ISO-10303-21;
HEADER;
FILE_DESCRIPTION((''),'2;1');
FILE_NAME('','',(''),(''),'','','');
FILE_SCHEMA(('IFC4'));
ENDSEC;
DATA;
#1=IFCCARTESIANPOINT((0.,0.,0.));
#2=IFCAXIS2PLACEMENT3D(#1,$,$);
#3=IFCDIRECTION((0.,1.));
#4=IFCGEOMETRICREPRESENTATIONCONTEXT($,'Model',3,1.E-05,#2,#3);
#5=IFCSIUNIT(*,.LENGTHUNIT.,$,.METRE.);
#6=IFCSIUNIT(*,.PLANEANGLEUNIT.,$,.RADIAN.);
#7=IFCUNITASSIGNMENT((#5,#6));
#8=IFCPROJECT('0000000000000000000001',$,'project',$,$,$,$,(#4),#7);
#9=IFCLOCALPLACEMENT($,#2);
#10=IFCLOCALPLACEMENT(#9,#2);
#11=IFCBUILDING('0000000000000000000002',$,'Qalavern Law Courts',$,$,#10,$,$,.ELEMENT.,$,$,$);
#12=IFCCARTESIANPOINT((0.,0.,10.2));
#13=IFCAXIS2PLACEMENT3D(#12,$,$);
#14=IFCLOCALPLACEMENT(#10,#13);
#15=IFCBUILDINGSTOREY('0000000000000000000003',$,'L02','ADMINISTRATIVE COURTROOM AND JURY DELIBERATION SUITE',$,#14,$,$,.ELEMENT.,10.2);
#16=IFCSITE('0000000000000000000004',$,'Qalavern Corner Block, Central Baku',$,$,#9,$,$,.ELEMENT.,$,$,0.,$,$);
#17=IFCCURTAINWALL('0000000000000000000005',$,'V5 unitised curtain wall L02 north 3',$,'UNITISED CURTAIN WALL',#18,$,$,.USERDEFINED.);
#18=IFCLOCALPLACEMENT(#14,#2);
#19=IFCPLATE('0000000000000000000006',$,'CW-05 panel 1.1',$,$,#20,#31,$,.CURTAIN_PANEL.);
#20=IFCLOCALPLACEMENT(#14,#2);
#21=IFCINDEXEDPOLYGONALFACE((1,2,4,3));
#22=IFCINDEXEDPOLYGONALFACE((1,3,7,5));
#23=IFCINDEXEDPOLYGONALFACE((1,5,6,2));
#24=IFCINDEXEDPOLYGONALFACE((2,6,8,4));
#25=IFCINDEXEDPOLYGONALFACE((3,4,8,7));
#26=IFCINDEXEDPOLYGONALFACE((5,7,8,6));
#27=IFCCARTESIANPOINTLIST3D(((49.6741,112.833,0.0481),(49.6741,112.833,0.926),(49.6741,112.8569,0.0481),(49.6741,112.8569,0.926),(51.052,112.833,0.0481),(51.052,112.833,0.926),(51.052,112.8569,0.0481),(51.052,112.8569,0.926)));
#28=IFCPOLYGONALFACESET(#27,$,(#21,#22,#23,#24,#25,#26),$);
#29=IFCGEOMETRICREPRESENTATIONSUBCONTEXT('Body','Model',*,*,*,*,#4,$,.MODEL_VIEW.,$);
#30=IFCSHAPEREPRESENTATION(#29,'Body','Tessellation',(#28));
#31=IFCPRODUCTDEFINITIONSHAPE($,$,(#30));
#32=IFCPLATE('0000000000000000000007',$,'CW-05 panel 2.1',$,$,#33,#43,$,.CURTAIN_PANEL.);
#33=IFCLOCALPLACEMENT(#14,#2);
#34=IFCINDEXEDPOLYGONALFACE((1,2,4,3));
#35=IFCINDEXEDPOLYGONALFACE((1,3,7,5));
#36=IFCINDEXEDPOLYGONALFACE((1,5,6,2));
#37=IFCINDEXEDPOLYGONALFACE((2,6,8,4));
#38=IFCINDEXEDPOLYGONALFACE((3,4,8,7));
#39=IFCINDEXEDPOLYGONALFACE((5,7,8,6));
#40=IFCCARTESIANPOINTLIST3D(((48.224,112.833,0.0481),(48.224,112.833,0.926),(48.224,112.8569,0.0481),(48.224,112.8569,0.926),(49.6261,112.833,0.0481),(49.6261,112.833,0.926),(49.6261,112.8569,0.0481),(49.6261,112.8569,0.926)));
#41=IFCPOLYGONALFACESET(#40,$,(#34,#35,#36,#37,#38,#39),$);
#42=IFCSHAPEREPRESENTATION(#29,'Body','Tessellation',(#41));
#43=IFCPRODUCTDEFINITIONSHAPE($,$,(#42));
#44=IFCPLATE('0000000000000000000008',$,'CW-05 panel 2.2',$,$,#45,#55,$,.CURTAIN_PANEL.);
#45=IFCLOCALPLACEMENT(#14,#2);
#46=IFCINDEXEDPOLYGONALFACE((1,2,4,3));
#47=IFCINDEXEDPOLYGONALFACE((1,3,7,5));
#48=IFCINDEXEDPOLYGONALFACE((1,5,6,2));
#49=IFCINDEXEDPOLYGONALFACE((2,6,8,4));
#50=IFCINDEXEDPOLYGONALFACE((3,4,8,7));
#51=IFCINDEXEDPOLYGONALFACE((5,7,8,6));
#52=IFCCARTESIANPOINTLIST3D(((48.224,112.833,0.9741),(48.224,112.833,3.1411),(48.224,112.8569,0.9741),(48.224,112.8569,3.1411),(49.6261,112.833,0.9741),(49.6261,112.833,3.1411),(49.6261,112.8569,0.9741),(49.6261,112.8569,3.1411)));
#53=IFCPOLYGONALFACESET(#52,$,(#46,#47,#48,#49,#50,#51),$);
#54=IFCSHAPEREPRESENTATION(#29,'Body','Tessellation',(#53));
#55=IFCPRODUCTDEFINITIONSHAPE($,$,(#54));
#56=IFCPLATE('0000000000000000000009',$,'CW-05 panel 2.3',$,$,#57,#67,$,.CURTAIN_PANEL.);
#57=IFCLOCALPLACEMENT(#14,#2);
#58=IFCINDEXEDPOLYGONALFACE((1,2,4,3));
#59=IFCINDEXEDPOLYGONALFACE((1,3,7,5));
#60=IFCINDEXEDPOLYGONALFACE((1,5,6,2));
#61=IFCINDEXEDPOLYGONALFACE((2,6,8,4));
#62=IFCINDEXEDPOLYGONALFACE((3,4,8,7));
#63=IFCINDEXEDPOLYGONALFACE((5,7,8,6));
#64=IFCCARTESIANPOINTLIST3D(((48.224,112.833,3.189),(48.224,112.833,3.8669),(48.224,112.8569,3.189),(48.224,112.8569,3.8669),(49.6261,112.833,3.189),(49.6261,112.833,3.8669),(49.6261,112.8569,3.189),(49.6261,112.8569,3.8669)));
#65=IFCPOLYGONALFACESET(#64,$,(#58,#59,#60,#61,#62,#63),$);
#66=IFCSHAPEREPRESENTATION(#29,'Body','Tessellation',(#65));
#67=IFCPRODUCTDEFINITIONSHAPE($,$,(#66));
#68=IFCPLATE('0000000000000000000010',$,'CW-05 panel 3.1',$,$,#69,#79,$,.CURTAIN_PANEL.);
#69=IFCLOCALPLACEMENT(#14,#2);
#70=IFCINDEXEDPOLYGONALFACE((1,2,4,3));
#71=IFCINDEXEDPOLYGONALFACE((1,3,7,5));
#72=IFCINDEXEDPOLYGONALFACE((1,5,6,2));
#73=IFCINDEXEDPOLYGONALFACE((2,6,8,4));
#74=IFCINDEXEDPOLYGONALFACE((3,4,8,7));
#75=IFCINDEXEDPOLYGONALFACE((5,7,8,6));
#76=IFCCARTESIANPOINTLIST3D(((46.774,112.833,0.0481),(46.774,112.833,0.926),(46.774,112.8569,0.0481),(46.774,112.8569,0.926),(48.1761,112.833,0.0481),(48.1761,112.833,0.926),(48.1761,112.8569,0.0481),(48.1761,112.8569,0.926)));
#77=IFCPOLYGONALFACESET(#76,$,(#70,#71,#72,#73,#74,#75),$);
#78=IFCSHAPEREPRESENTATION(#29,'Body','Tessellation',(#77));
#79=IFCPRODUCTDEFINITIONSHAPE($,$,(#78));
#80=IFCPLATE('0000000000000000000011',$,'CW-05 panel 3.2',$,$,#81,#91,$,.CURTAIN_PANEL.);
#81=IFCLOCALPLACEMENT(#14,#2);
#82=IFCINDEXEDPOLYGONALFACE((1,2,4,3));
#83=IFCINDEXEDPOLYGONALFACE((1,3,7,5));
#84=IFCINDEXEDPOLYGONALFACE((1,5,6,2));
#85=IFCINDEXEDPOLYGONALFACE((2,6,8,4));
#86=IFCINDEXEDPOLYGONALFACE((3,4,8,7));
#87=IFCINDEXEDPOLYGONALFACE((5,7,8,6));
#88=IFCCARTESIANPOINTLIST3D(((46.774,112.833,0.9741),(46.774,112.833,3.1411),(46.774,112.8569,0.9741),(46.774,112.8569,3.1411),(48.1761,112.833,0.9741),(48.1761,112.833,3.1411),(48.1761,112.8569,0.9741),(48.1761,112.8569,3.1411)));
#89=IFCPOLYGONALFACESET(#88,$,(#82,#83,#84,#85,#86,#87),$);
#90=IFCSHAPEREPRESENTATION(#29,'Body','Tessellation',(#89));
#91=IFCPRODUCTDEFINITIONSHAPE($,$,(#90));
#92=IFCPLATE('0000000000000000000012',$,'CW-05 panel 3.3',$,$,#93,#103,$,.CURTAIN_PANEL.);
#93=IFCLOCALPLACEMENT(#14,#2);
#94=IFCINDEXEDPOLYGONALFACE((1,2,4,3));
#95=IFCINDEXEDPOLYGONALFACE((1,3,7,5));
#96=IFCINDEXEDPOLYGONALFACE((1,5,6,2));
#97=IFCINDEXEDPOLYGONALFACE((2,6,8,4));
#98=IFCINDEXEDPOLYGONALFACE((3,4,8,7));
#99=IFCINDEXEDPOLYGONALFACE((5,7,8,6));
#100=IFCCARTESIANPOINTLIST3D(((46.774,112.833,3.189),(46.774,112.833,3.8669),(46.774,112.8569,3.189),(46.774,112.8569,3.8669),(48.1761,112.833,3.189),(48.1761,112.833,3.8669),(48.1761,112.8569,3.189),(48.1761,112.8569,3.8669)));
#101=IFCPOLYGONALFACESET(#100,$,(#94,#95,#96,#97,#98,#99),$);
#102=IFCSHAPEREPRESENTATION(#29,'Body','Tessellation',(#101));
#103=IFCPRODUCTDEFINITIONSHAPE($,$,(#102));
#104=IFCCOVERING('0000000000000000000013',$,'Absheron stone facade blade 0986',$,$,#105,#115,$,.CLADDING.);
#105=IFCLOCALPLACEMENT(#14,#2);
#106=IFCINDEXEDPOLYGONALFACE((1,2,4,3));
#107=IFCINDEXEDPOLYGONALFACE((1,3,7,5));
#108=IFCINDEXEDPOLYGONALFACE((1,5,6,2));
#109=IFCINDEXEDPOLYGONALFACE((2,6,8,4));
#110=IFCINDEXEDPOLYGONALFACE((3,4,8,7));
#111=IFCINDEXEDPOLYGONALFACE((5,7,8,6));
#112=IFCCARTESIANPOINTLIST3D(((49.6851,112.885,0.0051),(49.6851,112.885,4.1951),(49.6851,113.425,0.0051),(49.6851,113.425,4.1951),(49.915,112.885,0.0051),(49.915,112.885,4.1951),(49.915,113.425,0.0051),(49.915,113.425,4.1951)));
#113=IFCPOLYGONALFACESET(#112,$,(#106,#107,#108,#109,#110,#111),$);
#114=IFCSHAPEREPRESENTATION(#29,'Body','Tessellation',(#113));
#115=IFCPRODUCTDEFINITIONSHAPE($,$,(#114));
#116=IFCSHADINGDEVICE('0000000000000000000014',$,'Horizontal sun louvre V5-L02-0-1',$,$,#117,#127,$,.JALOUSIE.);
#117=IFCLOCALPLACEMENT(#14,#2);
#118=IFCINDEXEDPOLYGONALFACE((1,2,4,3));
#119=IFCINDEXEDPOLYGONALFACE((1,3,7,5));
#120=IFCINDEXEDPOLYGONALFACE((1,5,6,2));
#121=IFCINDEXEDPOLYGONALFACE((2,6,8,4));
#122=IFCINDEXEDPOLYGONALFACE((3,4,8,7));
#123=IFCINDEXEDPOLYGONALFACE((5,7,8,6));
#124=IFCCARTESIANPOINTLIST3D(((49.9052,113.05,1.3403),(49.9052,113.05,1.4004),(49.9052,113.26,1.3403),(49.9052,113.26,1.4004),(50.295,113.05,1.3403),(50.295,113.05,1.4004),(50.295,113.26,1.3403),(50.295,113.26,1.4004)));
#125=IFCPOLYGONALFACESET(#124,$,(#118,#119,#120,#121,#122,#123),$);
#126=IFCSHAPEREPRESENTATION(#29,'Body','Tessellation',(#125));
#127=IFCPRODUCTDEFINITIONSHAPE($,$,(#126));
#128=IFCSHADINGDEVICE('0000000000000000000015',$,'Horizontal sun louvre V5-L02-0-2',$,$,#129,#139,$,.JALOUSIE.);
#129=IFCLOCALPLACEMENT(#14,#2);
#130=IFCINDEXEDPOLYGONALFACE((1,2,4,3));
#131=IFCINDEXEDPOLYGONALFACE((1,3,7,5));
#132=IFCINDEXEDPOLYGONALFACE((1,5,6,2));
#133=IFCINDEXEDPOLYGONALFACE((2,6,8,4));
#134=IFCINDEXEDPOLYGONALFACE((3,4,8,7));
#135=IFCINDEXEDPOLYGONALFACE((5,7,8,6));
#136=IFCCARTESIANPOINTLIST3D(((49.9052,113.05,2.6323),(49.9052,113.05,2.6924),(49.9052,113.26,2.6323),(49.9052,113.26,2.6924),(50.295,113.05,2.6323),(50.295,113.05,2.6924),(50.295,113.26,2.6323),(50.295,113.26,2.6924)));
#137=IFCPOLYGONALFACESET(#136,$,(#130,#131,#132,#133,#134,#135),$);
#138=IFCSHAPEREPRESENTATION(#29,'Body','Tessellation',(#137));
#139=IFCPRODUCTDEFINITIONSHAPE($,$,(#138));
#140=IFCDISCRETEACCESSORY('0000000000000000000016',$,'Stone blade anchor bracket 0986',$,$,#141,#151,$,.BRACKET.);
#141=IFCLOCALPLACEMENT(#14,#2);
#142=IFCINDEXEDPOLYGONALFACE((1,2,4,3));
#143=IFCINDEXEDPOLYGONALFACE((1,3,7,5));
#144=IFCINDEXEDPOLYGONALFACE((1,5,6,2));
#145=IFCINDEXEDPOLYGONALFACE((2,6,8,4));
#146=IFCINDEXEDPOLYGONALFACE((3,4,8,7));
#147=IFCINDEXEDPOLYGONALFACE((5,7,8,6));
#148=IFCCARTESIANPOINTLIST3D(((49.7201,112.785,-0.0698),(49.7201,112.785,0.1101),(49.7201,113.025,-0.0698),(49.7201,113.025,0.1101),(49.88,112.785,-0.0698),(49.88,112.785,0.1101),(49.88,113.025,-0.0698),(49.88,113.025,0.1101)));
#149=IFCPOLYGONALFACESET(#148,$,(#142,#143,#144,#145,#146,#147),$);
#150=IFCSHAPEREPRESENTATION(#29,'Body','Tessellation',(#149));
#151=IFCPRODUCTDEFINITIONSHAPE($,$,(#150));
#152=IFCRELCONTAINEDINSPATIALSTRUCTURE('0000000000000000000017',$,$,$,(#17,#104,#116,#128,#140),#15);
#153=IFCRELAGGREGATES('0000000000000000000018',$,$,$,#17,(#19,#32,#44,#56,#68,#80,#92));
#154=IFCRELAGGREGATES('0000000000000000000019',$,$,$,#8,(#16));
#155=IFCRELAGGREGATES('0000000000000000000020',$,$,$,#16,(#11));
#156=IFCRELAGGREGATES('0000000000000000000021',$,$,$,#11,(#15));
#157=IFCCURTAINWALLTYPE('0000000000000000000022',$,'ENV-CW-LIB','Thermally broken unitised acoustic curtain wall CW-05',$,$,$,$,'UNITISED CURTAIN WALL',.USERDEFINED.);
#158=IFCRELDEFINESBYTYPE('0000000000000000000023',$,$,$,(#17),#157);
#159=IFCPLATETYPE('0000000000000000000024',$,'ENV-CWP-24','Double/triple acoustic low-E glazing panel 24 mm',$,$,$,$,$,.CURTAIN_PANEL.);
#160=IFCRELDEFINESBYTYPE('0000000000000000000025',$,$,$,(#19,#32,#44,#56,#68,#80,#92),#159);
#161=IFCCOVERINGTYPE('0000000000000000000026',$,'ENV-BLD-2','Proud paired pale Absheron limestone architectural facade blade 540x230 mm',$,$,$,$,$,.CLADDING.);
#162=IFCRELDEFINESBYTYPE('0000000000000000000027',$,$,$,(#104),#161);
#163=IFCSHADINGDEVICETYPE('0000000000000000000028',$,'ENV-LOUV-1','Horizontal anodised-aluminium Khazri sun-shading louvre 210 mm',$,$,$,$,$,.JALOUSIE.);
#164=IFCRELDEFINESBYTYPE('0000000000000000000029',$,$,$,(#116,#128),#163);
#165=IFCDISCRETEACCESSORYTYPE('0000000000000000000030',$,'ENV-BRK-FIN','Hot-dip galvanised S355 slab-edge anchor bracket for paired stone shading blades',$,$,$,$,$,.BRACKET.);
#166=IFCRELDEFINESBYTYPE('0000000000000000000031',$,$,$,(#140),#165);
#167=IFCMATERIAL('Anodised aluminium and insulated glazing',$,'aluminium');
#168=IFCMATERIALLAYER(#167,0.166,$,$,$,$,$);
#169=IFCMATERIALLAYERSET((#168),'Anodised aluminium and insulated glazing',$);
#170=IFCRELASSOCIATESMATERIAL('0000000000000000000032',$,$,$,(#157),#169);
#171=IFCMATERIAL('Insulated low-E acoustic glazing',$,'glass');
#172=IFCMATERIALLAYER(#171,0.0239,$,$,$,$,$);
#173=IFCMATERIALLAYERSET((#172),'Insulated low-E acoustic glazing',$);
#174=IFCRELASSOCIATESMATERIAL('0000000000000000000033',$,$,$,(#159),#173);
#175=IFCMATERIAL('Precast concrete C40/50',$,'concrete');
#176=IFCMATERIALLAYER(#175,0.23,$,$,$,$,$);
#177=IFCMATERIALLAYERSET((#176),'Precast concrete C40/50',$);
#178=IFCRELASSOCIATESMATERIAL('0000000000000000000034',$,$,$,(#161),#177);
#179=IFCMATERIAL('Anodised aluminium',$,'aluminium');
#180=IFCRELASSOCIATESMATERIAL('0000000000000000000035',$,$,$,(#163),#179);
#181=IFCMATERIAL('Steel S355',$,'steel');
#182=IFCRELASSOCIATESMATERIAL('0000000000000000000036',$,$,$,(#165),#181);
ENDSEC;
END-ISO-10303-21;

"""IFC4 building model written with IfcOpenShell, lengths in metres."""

from ifc_helpers import new_model, si_unit, direction, frame, origin, origin_2d, place, context, subcontext, project, spatial, rectangle, extrude, material, layer, layer_set, type_object, element, aggregate, save


model = new_model("IFC4")

# Units and contexts
model_context = context("Model", 3, precision=1e-05, world=origin(), true_north=direction((0.0, 1.0)))
body_context = subcontext(model_context, "Body", "Model", "MODEL_VIEW")
ifc_project = project(units=[si_unit("LENGTHUNIT", "METRE"), si_unit("PLANEANGLEUNIT", "RADIAN")], contexts=[model_context])

# Site, building, storey
site_placement = place(None, origin())
site = spatial("IfcSite", under=ifc_project, at=site_placement, Name="Qalavern Corner Block, Central Baku", CompositionType="ELEMENT", RefElevation=0.0)
building_placement = place(site_placement, origin())
building = spatial("IfcBuilding", under=site, at=building_placement, Name="Qalavern Law Courts", CompositionType="ELEMENT")
storey_placement = place(building_placement, frame((0.0, 0.0, 10.2)))
storey = spatial("IfcBuildingStorey", under=building, at=storey_placement, Name="L02", Description="ADMINISTRATIVE COURTROOM AND JURY DELIBERATION SUITE", CompositionType="ELEMENT", Elevation=10.2)

# Curtain wall, plates
ifc_material_1 = material(Name="Anodised aluminium and insulated glazing", Category="aluminium")
ifc_layer_1 = layer(ifc_material_1, 0.166)
ifc_layer_set_1 = layer_set([ifc_layer_1], Name="Anodised aluminium and insulated glazing")
curtain_wall_type = type_object("IfcCurtainWallType", Name="ENV-CW-LIB", Description="Thermally broken unitised acoustic curtain wall CW-05", ElementType="UNITISED CURTAIN WALL", PredefinedType="USERDEFINED", material=ifc_layer_set_1)
curtain_wall_placement = place(storey_placement, origin())
curtain_wall = element("IfcCurtainWall", 1, at=curtain_wall_placement, inside=storey, type_object=curtain_wall_type, Name="V5 unitised curtain wall L02 north 3", ObjectType="UNITISED CURTAIN WALL", PredefinedType="USERDEFINED")
ifc_material_2 = material(Name="Anodised aluminium", Category="aluminium")
ifc_material_3 = material(Name="Insulated low-E acoustic glazing", Category="glass")
ifc_layer_2 = layer(ifc_material_3, 0.0239)
ifc_layer_set_2 = layer_set([ifc_layer_2], Name="Insulated low-E acoustic glazing")
plate_type = type_object("IfcPlateType", Name="ENV-CWP-24", Description="Double/triple acoustic low-E glazing panel 24 mm", PredefinedType="CURTAIN_PANEL", material=ifc_layer_set_2)
plate_1_placement = place(storey_placement, frame((50.363, 112.845, 0.0481), z_axis=(0.0, 0.0, 1.0), x_axis=(-1.0, 0.0, 0.0)))
plate_1 = element("IfcPlate", 2, at=plate_1_placement, type_object=plate_type, Name="CW-05 panel 1.1", PredefinedType="CURTAIN_PANEL", context=body_context, shape_type="SweptSolid", body=[
    extrude(rectangle(XDim=1.3779, YDim=0.0239, at=origin_2d()), origin(), (0.0, 0.0, 1.0), 0.8779),
])
plate_2_placement = place(storey_placement, frame((48.925, 112.845, 0.0481), z_axis=(0.0, 0.0, 1.0), x_axis=(-1.0, 0.0, 0.0)))
plate_2 = element("IfcPlate", 3, at=plate_2_placement, type_object=plate_type, Name="CW-05 panel 2.1", PredefinedType="CURTAIN_PANEL", context=body_context, shape_type="SweptSolid", body=[
    extrude(rectangle(XDim=1.4021, YDim=0.0239, at=origin_2d()), origin(), (0.0, 0.0, 1.0), 0.8779),
])
plate_3_placement = place(storey_placement, frame((48.925, 112.845, 0.9741), z_axis=(0.0, 0.0, 1.0), x_axis=(-1.0, 0.0, 0.0)))
plate_3 = element("IfcPlate", 4, at=plate_3_placement, type_object=plate_type, Name="CW-05 panel 2.2", PredefinedType="CURTAIN_PANEL", context=body_context, shape_type="SweptSolid", body=[
    extrude(rectangle(XDim=1.4021, YDim=0.0239, at=origin_2d()), origin(), (0.0, 0.0, 1.0), 2.167),
])
plate_4_placement = place(storey_placement, frame((48.925, 112.845, 3.189), z_axis=(0.0, 0.0, 1.0), x_axis=(-1.0, 0.0, 0.0)))
plate_4 = element("IfcPlate", 5, at=plate_4_placement, type_object=plate_type, Name="CW-05 panel 2.3", PredefinedType="CURTAIN_PANEL", context=body_context, shape_type="SweptSolid", body=[
    extrude(rectangle(XDim=1.4021, YDim=0.0239, at=origin_2d()), origin(), (0.0, 0.0, 1.0), 0.678),
])
plate_5_placement = place(storey_placement, frame((47.4751, 112.845, 0.0481), z_axis=(0.0, 0.0, 1.0), x_axis=(-1.0, 0.0, 0.0)))
plate_5 = element("IfcPlate", 6, at=plate_5_placement, type_object=plate_type, Name="CW-05 panel 3.1", PredefinedType="CURTAIN_PANEL", context=body_context, shape_type="SweptSolid", body=[
    extrude(rectangle(XDim=1.4021, YDim=0.0239, at=origin_2d()), origin(), (0.0, 0.0, 1.0), 0.8779),
])
plate_6_placement = place(storey_placement, frame((47.4751, 112.845, 0.9741), z_axis=(0.0, 0.0, 1.0), x_axis=(-1.0, 0.0, 0.0)))
plate_6 = element("IfcPlate", 7, at=plate_6_placement, type_object=plate_type, Name="CW-05 panel 3.2", PredefinedType="CURTAIN_PANEL", context=body_context, shape_type="SweptSolid", body=[
    extrude(rectangle(XDim=1.4021, YDim=0.0239, at=origin_2d()), origin(), (0.0, 0.0, 1.0), 2.167),
])
plate_7_placement = place(storey_placement, frame((47.4751, 112.845, 3.189), z_axis=(0.0, 0.0, 1.0), x_axis=(-1.0, 0.0, 0.0)))
plate_7 = element("IfcPlate", 8, at=plate_7_placement, type_object=plate_type, Name="CW-05 panel 3.3", PredefinedType="CURTAIN_PANEL", context=body_context, shape_type="SweptSolid", body=[
    extrude(rectangle(XDim=1.4021, YDim=0.0239, at=origin_2d()), origin(), (0.0, 0.0, 1.0), 0.678),
])
aggregate(curtain_wall, [plate_1, plate_2, plate_3, plate_4, plate_5, plate_6, plate_7])

# Covering
ifc_material_4 = material(Name="Precast concrete C40/50", Category="concrete")
ifc_layer_3 = layer(ifc_material_4, 0.23)
ifc_layer_set_3 = layer_set([ifc_layer_3], Name="Precast concrete C40/50")
covering_type = type_object("IfcCoveringType", Name="ENV-BLD-2", Description="Proud paired pale Absheron limestone architectural facade blade 540x230 mm", PredefinedType="CLADDING", material=ifc_layer_set_3)
covering_placement = place(storey_placement, frame((49.8, 113.155, 0.0051), z_axis=(0.0, 0.0, 1.0), x_axis=(0.0, 1.0, 0.0)))
element("IfcCovering", 9, at=covering_placement, inside=storey, type_object=covering_type, Name="Absheron stone facade blade 0986", PredefinedType="CLADDING", context=body_context, shape_type="SweptSolid", body=[
    extrude(rectangle(XDim=0.54, YDim=0.23, at=origin_2d()), origin(), (0.0, 0.0, 1.0), 4.1899),
])

# Shading devices
shading_device_type = type_object("IfcShadingDeviceType", Name="ENV-LOUV-1", Description="Horizontal anodised-aluminium Khazri sun-shading louvre 210 mm", PredefinedType="JALOUSIE", material=ifc_material_2)
for number, where, z_axis, x_axis, name in (
    (10, (50.1001, 113.155, 1.3403), (0.0, 0.0, 1.0), (-1.0, 0.0, 0.0), "Horizontal sun louvre V5-L02-0-1"),
    (11, (50.1001, 113.155, 2.6323), (0.0, 0.0, 1.0), (-1.0, 0.0, 0.0), "Horizontal sun louvre V5-L02-0-2"),
):
    element("IfcShadingDevice", number, at=place(storey_placement, frame(where, z_axis=z_axis, x_axis=x_axis)), inside=storey, type_object=shading_device_type, Name=name, PredefinedType="JALOUSIE", context=body_context, shape_type="SweptSolid", body=[
        extrude(rectangle(XDim=0.3899, YDim=0.21, at=origin_2d()), origin(), (0.0, 0.0, 1.0), 0.0601),
    ])

# Discrete accessory
ifc_material_5 = material(Name="Steel S355", Category="steel")
discrete_accessory_type = type_object("IfcDiscreteAccessoryType", Name="ENV-BRK-FIN", Description="Hot-dip galvanised S355 slab-edge anchor bracket for paired stone shading blades", PredefinedType="BRACKET", material=ifc_material_5)
discrete_accessory_placement = place(storey_placement, frame((49.8, 112.905, -0.0698), z_axis=(0.0, 0.0, 1.0), x_axis=(0.0, 1.0, 0.0)))
element("IfcDiscreteAccessory", 12, at=discrete_accessory_placement, inside=storey, type_object=discrete_accessory_type, Name="Stone blade anchor bracket 0986", PredefinedType="BRACKET", context=body_context, shape_type="SweptSolid", body=[
    extrude(rectangle(XDim=0.24, YDim=0.1599, at=origin_2d()), origin(), (0.0, 0.0, 1.0), 0.1799),
])

save(model, "model.ifc")
